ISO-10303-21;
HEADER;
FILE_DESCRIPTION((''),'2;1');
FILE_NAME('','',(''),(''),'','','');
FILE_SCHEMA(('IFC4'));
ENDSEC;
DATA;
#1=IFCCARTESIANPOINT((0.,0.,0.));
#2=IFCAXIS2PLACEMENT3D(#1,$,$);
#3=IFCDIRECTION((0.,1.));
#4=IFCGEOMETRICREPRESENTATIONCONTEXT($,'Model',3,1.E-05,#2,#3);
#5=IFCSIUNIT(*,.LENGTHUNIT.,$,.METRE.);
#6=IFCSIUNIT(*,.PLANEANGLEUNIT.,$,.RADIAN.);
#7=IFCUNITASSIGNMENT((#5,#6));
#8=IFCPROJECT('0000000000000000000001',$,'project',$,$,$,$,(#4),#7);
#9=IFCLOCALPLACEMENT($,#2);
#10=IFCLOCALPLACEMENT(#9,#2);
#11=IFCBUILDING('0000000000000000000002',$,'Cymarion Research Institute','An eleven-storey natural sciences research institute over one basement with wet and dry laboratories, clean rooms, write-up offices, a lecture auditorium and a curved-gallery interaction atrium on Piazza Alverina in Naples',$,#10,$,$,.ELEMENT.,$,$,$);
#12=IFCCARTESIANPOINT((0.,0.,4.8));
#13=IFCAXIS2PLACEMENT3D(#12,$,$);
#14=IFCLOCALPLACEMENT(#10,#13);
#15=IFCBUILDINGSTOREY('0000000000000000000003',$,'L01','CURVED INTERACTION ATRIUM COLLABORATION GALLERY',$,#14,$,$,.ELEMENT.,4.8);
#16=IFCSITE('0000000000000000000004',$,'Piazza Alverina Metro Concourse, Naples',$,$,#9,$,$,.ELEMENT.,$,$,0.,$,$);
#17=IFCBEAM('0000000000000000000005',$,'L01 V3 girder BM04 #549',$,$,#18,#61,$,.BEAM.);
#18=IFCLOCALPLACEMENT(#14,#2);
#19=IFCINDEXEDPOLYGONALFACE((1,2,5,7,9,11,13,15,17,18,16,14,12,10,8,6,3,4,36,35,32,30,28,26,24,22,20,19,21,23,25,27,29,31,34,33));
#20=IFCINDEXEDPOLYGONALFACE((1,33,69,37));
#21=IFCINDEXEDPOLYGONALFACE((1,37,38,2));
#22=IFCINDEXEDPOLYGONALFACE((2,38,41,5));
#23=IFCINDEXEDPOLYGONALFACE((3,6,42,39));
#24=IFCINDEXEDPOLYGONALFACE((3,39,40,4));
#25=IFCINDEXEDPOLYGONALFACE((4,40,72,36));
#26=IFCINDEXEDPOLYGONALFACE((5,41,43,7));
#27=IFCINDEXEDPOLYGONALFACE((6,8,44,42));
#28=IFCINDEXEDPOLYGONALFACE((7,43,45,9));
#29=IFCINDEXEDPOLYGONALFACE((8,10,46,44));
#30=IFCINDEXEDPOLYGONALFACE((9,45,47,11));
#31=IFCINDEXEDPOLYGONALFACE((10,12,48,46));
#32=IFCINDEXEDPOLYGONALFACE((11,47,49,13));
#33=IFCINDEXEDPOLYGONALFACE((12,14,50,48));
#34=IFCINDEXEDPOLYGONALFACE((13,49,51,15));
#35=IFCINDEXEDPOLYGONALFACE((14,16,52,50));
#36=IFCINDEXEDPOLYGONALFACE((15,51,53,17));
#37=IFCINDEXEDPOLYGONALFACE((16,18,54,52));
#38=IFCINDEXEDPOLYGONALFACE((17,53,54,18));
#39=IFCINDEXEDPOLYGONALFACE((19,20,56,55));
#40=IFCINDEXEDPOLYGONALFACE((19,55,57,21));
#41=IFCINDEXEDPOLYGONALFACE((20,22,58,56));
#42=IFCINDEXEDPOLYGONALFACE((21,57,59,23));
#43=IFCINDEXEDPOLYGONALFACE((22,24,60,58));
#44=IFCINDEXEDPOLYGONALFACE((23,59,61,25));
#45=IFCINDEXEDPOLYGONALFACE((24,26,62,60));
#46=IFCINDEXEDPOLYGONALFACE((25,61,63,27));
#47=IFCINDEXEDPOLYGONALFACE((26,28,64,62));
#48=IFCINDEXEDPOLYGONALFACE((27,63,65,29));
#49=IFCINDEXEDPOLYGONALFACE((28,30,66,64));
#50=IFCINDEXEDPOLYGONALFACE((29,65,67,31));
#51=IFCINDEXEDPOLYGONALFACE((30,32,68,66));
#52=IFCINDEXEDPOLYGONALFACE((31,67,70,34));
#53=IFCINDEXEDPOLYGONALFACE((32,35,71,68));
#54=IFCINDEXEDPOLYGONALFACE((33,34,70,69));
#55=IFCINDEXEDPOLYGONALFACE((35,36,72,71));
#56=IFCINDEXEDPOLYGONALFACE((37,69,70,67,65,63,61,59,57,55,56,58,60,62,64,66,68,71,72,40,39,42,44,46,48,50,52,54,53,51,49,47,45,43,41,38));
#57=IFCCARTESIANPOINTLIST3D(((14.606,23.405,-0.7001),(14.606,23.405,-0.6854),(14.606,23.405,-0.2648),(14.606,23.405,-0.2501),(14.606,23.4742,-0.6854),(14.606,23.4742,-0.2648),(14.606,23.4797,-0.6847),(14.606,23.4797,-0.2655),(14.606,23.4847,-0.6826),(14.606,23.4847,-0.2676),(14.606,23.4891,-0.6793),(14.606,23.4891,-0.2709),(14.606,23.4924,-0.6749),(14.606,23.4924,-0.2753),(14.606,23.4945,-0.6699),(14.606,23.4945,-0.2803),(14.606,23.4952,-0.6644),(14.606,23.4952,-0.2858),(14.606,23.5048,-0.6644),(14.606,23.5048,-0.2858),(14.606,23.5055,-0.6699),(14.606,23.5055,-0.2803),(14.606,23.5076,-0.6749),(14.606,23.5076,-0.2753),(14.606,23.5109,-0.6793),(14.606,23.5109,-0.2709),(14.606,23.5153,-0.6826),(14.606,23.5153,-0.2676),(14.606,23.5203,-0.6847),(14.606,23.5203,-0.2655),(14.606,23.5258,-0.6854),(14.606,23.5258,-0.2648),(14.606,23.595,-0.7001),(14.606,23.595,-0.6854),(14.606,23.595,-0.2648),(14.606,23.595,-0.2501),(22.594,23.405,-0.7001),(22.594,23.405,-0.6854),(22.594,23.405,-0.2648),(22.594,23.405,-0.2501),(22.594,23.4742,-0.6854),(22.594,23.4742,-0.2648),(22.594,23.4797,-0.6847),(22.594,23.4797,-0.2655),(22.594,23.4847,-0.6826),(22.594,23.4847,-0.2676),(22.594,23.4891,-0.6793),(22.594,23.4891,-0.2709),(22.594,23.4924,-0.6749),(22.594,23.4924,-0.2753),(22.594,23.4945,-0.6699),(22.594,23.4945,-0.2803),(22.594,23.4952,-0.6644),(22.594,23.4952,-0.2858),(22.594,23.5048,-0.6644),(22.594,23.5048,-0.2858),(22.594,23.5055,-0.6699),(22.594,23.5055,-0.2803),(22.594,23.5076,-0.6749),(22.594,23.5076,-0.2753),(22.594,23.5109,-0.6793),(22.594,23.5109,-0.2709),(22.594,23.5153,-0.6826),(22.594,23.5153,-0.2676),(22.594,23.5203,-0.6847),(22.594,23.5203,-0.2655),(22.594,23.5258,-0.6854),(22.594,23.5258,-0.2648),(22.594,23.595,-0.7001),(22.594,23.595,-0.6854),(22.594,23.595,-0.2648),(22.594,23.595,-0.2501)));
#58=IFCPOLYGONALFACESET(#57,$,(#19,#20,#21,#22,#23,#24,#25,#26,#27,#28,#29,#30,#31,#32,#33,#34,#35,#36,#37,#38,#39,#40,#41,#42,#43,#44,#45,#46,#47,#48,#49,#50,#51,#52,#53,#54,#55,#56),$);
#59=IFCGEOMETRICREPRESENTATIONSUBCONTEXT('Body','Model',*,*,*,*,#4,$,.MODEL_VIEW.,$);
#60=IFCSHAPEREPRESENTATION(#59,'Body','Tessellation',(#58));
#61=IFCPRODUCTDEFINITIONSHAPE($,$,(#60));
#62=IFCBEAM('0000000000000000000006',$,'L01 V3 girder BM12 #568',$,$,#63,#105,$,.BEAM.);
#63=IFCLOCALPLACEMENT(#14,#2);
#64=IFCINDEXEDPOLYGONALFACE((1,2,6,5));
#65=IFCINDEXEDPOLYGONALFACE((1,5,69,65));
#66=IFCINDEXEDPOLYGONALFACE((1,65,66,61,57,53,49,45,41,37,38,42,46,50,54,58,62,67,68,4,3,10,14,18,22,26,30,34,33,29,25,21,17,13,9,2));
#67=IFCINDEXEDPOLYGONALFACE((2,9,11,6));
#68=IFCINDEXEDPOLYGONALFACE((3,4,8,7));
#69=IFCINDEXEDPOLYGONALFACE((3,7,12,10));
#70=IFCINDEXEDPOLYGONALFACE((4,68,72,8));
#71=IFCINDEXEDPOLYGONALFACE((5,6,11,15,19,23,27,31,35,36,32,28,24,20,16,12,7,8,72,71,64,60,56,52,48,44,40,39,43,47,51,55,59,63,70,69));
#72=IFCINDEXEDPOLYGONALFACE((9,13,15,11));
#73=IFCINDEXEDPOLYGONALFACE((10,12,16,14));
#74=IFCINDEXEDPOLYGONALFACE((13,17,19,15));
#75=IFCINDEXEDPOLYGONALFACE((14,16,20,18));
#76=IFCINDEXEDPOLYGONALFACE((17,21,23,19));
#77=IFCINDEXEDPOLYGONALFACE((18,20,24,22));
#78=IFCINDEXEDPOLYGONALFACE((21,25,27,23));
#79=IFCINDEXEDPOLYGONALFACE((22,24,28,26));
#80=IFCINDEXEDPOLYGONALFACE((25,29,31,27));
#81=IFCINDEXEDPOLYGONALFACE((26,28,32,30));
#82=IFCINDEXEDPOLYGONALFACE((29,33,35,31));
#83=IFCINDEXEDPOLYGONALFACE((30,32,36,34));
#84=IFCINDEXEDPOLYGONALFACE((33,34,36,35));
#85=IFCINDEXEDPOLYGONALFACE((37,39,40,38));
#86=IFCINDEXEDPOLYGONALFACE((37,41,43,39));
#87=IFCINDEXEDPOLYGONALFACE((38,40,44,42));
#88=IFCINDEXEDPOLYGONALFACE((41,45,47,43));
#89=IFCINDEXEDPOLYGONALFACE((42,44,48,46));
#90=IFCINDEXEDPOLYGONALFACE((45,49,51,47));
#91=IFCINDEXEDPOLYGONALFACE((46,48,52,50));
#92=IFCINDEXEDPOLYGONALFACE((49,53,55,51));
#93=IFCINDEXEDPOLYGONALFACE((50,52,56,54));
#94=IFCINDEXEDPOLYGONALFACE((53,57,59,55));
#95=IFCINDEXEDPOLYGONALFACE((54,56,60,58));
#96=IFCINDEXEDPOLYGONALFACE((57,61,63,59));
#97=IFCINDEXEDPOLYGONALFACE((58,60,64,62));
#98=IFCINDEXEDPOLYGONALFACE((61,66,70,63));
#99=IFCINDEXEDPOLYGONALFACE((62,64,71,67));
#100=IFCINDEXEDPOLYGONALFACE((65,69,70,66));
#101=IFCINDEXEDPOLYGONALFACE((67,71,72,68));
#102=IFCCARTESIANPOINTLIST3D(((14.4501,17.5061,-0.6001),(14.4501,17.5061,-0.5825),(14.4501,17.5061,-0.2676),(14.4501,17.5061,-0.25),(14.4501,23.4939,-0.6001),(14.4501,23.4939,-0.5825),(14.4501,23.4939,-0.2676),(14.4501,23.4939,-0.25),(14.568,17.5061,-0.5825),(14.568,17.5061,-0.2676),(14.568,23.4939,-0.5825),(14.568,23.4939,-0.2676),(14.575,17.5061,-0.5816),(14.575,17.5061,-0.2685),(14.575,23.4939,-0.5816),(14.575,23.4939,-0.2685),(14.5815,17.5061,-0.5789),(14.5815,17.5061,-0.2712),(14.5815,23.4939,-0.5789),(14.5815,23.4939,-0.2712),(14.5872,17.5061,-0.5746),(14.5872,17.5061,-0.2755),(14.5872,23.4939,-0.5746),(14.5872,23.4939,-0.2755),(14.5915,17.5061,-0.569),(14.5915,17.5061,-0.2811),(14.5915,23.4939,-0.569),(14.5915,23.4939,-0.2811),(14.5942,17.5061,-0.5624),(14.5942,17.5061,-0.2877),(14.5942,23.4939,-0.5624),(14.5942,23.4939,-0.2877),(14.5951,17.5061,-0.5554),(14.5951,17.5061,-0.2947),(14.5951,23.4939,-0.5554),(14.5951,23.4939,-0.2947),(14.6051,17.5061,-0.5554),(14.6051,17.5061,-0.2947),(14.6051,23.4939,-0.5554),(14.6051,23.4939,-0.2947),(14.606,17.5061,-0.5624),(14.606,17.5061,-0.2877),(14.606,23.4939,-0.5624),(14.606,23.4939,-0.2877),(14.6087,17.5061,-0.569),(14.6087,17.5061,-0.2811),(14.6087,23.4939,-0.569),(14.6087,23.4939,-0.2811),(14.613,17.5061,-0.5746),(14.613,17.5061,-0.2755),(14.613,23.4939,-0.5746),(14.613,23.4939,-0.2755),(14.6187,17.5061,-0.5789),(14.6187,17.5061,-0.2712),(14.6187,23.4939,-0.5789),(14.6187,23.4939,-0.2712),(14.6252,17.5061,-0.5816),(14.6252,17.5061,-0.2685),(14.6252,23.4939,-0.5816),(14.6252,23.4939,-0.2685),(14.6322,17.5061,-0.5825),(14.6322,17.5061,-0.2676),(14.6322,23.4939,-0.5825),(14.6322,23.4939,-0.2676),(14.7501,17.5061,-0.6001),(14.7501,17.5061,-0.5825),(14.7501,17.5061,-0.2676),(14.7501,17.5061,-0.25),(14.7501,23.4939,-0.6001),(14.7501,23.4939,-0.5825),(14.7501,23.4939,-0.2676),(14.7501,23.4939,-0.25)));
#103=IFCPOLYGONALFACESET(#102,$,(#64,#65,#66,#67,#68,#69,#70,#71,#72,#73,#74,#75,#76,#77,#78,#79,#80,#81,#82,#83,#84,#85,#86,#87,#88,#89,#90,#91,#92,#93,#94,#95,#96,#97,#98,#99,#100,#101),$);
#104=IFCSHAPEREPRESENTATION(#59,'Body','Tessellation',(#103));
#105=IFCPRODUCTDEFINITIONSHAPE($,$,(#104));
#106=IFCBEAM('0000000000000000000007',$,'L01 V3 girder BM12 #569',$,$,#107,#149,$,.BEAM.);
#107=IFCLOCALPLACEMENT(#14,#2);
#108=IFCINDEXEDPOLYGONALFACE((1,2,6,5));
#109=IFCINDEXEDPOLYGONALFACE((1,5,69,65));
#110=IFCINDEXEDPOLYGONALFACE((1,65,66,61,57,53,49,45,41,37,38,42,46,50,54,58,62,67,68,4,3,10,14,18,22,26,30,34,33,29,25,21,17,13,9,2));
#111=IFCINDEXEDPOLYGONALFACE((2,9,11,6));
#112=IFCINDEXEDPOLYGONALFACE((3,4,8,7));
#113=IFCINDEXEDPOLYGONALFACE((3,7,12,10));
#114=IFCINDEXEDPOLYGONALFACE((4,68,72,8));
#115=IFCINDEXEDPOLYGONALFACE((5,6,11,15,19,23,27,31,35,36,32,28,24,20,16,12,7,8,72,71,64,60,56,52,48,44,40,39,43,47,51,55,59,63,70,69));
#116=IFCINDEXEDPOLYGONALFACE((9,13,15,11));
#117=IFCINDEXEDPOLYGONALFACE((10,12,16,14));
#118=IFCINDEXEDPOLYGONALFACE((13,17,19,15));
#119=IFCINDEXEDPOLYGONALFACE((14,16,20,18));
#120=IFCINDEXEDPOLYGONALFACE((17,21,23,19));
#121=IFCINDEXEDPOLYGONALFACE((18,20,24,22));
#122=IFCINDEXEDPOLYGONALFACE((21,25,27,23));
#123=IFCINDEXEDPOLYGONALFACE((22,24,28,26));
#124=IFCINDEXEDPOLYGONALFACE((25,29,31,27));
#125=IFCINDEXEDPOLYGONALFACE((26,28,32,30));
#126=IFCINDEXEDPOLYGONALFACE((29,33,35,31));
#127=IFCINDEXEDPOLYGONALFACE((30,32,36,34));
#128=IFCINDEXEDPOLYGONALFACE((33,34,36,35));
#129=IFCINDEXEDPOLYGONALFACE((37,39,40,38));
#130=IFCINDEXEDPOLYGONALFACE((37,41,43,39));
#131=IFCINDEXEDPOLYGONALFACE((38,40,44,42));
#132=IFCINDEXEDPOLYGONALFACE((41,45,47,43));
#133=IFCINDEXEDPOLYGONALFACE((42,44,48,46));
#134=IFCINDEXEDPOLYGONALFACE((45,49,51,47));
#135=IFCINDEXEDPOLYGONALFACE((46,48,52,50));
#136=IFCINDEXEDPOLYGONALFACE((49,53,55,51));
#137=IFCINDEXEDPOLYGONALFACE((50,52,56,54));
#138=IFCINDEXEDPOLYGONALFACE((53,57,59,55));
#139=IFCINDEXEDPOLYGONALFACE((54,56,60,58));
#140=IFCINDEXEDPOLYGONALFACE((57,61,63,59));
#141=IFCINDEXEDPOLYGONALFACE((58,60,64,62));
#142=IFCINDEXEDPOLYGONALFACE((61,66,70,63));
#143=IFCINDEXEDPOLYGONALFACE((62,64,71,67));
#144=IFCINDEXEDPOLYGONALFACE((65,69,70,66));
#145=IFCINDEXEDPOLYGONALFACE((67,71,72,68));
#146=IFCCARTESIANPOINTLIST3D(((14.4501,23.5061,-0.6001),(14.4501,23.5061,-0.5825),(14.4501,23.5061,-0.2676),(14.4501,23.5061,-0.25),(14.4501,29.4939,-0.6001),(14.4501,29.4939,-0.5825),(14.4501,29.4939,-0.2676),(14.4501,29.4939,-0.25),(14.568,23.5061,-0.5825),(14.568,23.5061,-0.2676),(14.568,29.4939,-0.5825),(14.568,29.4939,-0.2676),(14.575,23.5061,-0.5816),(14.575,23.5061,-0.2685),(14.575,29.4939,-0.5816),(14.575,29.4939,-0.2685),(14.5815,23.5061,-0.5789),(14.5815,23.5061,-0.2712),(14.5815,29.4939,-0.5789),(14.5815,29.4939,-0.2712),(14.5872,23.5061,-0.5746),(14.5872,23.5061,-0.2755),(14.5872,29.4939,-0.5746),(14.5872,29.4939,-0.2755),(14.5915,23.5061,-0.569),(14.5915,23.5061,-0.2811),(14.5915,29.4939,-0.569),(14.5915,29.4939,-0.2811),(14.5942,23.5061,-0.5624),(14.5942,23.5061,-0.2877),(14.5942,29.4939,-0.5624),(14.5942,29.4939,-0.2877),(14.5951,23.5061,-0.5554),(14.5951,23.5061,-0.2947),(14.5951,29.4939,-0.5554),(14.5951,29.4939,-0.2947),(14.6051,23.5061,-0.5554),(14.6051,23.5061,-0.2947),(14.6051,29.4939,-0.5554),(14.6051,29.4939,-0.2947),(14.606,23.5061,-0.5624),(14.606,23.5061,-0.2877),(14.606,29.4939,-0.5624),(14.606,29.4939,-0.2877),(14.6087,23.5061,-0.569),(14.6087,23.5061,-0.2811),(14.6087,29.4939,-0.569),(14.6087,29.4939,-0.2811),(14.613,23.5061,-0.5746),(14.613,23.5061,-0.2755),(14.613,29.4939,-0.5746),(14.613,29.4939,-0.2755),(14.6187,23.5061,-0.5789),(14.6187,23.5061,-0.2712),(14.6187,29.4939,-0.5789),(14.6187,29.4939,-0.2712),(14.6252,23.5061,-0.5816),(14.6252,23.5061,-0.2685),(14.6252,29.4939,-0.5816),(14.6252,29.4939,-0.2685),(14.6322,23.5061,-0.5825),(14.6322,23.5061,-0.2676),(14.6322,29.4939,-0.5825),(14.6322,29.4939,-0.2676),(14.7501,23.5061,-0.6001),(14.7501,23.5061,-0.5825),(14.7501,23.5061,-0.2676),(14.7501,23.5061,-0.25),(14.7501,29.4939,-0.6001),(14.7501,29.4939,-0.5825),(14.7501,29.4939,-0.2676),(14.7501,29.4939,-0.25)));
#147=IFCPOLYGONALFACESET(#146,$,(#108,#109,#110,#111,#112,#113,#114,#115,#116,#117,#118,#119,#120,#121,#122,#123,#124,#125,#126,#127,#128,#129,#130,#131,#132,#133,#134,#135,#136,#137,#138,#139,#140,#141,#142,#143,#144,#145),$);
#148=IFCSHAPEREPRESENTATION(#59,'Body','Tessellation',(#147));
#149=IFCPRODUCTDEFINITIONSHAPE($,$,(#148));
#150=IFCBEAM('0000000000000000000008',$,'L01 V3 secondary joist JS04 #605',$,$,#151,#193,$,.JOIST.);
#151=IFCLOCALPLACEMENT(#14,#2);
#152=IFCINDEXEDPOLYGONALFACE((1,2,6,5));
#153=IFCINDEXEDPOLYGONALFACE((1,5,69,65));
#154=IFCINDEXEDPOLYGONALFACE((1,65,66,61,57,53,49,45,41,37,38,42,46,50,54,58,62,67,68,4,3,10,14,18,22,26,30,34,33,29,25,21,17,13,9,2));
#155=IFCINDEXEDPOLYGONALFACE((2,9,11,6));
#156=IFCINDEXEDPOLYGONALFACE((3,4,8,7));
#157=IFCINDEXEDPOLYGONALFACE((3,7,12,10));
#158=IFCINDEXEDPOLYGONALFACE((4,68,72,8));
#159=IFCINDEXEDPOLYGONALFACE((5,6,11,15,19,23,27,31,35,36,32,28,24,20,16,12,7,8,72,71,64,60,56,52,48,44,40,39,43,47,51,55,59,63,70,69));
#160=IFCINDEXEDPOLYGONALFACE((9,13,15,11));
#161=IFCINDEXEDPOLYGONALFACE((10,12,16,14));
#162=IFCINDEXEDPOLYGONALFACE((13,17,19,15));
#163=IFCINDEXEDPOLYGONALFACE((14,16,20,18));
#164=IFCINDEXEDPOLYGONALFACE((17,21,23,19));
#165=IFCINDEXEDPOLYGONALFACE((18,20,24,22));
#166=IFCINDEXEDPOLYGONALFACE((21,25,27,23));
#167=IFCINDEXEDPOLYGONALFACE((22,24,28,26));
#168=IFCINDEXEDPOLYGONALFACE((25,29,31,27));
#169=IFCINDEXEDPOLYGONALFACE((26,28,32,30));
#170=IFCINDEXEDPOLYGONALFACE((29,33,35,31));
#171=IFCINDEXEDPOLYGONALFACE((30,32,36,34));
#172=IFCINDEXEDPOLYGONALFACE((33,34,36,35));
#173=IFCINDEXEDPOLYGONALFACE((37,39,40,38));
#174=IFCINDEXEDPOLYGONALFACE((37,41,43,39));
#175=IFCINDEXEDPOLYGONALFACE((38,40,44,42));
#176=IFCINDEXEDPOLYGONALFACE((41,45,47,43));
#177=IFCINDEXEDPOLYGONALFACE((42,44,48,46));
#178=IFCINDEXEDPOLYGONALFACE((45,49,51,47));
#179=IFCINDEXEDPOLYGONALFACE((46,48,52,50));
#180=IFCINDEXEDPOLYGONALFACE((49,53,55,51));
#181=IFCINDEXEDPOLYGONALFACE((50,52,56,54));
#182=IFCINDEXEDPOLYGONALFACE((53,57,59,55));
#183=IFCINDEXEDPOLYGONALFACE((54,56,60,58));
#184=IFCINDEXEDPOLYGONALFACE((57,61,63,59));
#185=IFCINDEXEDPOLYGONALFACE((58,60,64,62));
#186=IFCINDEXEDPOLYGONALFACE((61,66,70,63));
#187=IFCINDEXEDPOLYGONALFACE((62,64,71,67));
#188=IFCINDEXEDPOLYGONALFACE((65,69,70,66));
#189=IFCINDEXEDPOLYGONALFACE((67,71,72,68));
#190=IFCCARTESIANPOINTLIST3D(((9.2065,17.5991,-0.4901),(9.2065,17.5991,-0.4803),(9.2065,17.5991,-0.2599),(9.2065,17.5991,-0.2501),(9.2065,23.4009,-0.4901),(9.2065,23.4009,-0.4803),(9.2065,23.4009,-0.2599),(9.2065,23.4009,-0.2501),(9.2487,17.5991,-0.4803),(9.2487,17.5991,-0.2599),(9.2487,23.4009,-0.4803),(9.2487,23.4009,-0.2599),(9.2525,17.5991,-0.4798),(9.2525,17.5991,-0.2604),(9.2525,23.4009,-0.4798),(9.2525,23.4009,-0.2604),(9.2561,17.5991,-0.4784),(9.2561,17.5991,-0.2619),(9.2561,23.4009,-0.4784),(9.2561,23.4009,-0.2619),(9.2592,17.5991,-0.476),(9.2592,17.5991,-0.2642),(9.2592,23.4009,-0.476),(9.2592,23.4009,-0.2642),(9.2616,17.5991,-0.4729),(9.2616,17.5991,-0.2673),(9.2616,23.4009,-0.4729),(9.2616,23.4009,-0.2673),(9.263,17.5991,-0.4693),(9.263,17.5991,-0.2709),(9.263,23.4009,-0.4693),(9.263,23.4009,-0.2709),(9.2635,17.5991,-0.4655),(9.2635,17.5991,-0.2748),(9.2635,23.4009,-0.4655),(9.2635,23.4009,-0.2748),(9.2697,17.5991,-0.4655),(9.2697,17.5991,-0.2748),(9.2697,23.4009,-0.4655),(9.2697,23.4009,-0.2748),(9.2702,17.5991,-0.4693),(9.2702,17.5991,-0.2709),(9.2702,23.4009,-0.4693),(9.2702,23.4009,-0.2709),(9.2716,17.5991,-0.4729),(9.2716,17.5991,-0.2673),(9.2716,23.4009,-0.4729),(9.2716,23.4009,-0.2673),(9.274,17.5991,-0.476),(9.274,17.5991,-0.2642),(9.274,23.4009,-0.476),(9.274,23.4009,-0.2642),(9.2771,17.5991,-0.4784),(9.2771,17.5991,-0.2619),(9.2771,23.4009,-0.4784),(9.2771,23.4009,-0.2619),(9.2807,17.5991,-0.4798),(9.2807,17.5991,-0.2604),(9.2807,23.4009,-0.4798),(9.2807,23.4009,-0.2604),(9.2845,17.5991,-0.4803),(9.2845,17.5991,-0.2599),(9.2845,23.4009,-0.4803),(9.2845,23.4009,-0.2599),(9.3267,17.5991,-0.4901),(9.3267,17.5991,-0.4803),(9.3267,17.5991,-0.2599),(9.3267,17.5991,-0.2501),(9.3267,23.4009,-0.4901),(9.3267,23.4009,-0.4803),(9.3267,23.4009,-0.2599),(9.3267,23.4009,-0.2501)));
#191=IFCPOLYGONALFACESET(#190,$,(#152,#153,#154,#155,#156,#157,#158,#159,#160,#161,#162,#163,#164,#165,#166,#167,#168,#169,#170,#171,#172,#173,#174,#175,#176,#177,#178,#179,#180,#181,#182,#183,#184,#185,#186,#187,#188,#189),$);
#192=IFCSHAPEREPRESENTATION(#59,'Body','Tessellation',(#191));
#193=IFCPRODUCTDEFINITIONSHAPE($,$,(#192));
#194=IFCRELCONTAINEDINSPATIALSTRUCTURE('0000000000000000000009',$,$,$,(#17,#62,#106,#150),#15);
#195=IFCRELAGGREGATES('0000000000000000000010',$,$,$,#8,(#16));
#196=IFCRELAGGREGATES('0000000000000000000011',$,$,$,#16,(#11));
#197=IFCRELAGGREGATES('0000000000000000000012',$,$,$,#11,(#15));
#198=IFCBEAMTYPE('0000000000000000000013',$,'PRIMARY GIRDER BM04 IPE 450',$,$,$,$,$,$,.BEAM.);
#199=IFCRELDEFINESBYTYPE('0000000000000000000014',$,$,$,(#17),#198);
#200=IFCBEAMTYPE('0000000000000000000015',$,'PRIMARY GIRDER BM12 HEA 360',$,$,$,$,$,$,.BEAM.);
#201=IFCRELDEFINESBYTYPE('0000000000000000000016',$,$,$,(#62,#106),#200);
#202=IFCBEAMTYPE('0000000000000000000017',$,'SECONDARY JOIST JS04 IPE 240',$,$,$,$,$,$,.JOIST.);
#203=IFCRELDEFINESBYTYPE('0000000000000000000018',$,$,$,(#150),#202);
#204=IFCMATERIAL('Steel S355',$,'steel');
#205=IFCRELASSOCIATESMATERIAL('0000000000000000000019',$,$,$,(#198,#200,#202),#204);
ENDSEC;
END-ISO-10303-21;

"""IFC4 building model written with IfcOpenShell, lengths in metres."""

from ifc_helpers import new_model, si_unit, direction, frame, origin, origin_2d, place, context, subcontext, project, spatial, i_section, extrude, material, material_profile, profile_set, type_object, element, save


model = new_model("IFC4")

# Units and contexts
model_context = context("Model", 3, precision=1e-05, world=origin(), true_north=direction((0.0, 1.0)))
body_context = subcontext(model_context, "Body", "Model", "MODEL_VIEW")
ifc_project = project(units=[si_unit("LENGTHUNIT", "METRE"), si_unit("PLANEANGLEUNIT", "RADIAN")], contexts=[model_context])

# Site, building, storey
site_placement = place(None, origin())
site = spatial("IfcSite", under=ifc_project, at=site_placement, Name="Piazza Alverina Metro Concourse, Naples", CompositionType="ELEMENT", RefElevation=0.0)
building_placement = place(site_placement, origin())
building = spatial("IfcBuilding", under=site, at=building_placement, Name="Cymarion Research Institute", Description="An eleven-storey natural sciences research institute over one basement with wet and dry laboratories, clean rooms, write-up offices, a lecture auditorium and a curved-gallery interaction atrium on Piazza Alverina in Naples", CompositionType="ELEMENT")
storey_placement = place(building_placement, frame((0.0, 0.0, 4.8)))
storey = spatial("IfcBuildingStorey", under=building, at=storey_placement, Name="L01", Description="CURVED INTERACTION ATRIUM COLLABORATION GALLERY", CompositionType="ELEMENT", Elevation=4.8)

# Shared definitions
ifc_material_1 = material(Name="Steel S355", Category="steel")

# Beams
ifc_material_profile_1 = material_profile(ifc_material_1, i_section(OverallWidth=0.1899, OverallDepth=0.45, WebThickness=0.0095, FlangeThickness=0.0146, FilletRadius=0.021, at=origin_2d()), Name="IPE 450")
ifc_profile_set_1 = profile_set([ifc_material_profile_1], Name="Steel S355")
beam_type_1 = type_object("IfcBeamType", Name="PRIMARY GIRDER BM04 IPE 450", PredefinedType="BEAM", material=ifc_profile_set_1)
for number, where, z_axis, x_axis, name in (
    (1, (14.606, 23.5, -0.4751), (1.0, 0.0, 0.0), (0.0, 1.0, 0.0), "L01 V3 girder BM04 #549"),
):
    element("IfcBeam", number, at=place(storey_placement, frame(where, z_axis=z_axis, x_axis=x_axis)), inside=storey, type_object=beam_type_1, Name=name, PredefinedType="BEAM", context=body_context, shape_type="SweptSolid", body=[
        extrude(i_section(OverallWidth=0.1899, OverallDepth=0.45, WebThickness=0.0095, FlangeThickness=0.0146, FilletRadius=0.021, at=origin_2d()), origin(), (0.0, 0.0, 1.0), 7.988),
    ])
ifc_material_profile_2 = material_profile(ifc_material_1, i_section(OverallWidth=0.3, OverallDepth=0.3501, WebThickness=0.01, FlangeThickness=0.0176, FilletRadius=0.0271, at=origin_2d()), Name="HEA 360")
ifc_profile_set_2 = profile_set([ifc_material_profile_2], Name="Steel S355")
beam_type_2 = type_object("IfcBeamType", Name="PRIMARY GIRDER BM12 HEA 360", PredefinedType="BEAM", material=ifc_profile_set_2)
for number, where, z_axis, x_axis, name in (
    (2, (14.6001, 17.5061, -0.425), (0.0, 1.0, 0.0), (-1.0, 0.0, 0.0), "L01 V3 girder BM12 #568"),
    (3, (14.6001, 23.5061, -0.425), (0.0, 1.0, 0.0), (-1.0, 0.0, 0.0), "L01 V3 girder BM12 #569"),
):
    element("IfcBeam", number, at=place(storey_placement, frame(where, z_axis=z_axis, x_axis=x_axis)), inside=storey, type_object=beam_type_2, Name=name, PredefinedType="BEAM", context=body_context, shape_type="SweptSolid", body=[
        extrude(i_section(OverallWidth=0.3, OverallDepth=0.3501, WebThickness=0.01, FlangeThickness=0.0176, FilletRadius=0.0271, at=origin_2d()), origin(), (0.0, 0.0, 1.0), 5.9878),
    ])
ifc_material_profile_3 = material_profile(ifc_material_1, i_section(OverallWidth=0.1201, OverallDepth=0.24, WebThickness=0.0061, FlangeThickness=0.0098, FilletRadius=0.0149, at=origin_2d()), Name="IPE 240")
ifc_profile_set_3 = profile_set([ifc_material_profile_3], Name="Steel S355")
beam_type_3 = type_object("IfcBeamType", Name="SECONDARY JOIST JS04 IPE 240", PredefinedType="JOIST", material=ifc_profile_set_3)
for number, where, z_axis, x_axis, name in (
    (4, (9.2666, 17.5991, -0.3701), (0.0, 1.0, 0.0), (-1.0, 0.0, 0.0), "L01 V3 secondary joist JS04 #605"),
):
    element("IfcBeam", number, at=place(storey_placement, frame(where, z_axis=z_axis, x_axis=x_axis)), inside=storey, type_object=beam_type_3, Name=name, PredefinedType="JOIST", context=body_context, shape_type="SweptSolid", body=[
        extrude(i_section(OverallWidth=0.1201, OverallDepth=0.24, WebThickness=0.0061, FlangeThickness=0.0098, FilletRadius=0.0149, at=origin_2d()), origin(), (0.0, 0.0, 1.0), 5.8018),
    ])

save(model, "model.ifc")
